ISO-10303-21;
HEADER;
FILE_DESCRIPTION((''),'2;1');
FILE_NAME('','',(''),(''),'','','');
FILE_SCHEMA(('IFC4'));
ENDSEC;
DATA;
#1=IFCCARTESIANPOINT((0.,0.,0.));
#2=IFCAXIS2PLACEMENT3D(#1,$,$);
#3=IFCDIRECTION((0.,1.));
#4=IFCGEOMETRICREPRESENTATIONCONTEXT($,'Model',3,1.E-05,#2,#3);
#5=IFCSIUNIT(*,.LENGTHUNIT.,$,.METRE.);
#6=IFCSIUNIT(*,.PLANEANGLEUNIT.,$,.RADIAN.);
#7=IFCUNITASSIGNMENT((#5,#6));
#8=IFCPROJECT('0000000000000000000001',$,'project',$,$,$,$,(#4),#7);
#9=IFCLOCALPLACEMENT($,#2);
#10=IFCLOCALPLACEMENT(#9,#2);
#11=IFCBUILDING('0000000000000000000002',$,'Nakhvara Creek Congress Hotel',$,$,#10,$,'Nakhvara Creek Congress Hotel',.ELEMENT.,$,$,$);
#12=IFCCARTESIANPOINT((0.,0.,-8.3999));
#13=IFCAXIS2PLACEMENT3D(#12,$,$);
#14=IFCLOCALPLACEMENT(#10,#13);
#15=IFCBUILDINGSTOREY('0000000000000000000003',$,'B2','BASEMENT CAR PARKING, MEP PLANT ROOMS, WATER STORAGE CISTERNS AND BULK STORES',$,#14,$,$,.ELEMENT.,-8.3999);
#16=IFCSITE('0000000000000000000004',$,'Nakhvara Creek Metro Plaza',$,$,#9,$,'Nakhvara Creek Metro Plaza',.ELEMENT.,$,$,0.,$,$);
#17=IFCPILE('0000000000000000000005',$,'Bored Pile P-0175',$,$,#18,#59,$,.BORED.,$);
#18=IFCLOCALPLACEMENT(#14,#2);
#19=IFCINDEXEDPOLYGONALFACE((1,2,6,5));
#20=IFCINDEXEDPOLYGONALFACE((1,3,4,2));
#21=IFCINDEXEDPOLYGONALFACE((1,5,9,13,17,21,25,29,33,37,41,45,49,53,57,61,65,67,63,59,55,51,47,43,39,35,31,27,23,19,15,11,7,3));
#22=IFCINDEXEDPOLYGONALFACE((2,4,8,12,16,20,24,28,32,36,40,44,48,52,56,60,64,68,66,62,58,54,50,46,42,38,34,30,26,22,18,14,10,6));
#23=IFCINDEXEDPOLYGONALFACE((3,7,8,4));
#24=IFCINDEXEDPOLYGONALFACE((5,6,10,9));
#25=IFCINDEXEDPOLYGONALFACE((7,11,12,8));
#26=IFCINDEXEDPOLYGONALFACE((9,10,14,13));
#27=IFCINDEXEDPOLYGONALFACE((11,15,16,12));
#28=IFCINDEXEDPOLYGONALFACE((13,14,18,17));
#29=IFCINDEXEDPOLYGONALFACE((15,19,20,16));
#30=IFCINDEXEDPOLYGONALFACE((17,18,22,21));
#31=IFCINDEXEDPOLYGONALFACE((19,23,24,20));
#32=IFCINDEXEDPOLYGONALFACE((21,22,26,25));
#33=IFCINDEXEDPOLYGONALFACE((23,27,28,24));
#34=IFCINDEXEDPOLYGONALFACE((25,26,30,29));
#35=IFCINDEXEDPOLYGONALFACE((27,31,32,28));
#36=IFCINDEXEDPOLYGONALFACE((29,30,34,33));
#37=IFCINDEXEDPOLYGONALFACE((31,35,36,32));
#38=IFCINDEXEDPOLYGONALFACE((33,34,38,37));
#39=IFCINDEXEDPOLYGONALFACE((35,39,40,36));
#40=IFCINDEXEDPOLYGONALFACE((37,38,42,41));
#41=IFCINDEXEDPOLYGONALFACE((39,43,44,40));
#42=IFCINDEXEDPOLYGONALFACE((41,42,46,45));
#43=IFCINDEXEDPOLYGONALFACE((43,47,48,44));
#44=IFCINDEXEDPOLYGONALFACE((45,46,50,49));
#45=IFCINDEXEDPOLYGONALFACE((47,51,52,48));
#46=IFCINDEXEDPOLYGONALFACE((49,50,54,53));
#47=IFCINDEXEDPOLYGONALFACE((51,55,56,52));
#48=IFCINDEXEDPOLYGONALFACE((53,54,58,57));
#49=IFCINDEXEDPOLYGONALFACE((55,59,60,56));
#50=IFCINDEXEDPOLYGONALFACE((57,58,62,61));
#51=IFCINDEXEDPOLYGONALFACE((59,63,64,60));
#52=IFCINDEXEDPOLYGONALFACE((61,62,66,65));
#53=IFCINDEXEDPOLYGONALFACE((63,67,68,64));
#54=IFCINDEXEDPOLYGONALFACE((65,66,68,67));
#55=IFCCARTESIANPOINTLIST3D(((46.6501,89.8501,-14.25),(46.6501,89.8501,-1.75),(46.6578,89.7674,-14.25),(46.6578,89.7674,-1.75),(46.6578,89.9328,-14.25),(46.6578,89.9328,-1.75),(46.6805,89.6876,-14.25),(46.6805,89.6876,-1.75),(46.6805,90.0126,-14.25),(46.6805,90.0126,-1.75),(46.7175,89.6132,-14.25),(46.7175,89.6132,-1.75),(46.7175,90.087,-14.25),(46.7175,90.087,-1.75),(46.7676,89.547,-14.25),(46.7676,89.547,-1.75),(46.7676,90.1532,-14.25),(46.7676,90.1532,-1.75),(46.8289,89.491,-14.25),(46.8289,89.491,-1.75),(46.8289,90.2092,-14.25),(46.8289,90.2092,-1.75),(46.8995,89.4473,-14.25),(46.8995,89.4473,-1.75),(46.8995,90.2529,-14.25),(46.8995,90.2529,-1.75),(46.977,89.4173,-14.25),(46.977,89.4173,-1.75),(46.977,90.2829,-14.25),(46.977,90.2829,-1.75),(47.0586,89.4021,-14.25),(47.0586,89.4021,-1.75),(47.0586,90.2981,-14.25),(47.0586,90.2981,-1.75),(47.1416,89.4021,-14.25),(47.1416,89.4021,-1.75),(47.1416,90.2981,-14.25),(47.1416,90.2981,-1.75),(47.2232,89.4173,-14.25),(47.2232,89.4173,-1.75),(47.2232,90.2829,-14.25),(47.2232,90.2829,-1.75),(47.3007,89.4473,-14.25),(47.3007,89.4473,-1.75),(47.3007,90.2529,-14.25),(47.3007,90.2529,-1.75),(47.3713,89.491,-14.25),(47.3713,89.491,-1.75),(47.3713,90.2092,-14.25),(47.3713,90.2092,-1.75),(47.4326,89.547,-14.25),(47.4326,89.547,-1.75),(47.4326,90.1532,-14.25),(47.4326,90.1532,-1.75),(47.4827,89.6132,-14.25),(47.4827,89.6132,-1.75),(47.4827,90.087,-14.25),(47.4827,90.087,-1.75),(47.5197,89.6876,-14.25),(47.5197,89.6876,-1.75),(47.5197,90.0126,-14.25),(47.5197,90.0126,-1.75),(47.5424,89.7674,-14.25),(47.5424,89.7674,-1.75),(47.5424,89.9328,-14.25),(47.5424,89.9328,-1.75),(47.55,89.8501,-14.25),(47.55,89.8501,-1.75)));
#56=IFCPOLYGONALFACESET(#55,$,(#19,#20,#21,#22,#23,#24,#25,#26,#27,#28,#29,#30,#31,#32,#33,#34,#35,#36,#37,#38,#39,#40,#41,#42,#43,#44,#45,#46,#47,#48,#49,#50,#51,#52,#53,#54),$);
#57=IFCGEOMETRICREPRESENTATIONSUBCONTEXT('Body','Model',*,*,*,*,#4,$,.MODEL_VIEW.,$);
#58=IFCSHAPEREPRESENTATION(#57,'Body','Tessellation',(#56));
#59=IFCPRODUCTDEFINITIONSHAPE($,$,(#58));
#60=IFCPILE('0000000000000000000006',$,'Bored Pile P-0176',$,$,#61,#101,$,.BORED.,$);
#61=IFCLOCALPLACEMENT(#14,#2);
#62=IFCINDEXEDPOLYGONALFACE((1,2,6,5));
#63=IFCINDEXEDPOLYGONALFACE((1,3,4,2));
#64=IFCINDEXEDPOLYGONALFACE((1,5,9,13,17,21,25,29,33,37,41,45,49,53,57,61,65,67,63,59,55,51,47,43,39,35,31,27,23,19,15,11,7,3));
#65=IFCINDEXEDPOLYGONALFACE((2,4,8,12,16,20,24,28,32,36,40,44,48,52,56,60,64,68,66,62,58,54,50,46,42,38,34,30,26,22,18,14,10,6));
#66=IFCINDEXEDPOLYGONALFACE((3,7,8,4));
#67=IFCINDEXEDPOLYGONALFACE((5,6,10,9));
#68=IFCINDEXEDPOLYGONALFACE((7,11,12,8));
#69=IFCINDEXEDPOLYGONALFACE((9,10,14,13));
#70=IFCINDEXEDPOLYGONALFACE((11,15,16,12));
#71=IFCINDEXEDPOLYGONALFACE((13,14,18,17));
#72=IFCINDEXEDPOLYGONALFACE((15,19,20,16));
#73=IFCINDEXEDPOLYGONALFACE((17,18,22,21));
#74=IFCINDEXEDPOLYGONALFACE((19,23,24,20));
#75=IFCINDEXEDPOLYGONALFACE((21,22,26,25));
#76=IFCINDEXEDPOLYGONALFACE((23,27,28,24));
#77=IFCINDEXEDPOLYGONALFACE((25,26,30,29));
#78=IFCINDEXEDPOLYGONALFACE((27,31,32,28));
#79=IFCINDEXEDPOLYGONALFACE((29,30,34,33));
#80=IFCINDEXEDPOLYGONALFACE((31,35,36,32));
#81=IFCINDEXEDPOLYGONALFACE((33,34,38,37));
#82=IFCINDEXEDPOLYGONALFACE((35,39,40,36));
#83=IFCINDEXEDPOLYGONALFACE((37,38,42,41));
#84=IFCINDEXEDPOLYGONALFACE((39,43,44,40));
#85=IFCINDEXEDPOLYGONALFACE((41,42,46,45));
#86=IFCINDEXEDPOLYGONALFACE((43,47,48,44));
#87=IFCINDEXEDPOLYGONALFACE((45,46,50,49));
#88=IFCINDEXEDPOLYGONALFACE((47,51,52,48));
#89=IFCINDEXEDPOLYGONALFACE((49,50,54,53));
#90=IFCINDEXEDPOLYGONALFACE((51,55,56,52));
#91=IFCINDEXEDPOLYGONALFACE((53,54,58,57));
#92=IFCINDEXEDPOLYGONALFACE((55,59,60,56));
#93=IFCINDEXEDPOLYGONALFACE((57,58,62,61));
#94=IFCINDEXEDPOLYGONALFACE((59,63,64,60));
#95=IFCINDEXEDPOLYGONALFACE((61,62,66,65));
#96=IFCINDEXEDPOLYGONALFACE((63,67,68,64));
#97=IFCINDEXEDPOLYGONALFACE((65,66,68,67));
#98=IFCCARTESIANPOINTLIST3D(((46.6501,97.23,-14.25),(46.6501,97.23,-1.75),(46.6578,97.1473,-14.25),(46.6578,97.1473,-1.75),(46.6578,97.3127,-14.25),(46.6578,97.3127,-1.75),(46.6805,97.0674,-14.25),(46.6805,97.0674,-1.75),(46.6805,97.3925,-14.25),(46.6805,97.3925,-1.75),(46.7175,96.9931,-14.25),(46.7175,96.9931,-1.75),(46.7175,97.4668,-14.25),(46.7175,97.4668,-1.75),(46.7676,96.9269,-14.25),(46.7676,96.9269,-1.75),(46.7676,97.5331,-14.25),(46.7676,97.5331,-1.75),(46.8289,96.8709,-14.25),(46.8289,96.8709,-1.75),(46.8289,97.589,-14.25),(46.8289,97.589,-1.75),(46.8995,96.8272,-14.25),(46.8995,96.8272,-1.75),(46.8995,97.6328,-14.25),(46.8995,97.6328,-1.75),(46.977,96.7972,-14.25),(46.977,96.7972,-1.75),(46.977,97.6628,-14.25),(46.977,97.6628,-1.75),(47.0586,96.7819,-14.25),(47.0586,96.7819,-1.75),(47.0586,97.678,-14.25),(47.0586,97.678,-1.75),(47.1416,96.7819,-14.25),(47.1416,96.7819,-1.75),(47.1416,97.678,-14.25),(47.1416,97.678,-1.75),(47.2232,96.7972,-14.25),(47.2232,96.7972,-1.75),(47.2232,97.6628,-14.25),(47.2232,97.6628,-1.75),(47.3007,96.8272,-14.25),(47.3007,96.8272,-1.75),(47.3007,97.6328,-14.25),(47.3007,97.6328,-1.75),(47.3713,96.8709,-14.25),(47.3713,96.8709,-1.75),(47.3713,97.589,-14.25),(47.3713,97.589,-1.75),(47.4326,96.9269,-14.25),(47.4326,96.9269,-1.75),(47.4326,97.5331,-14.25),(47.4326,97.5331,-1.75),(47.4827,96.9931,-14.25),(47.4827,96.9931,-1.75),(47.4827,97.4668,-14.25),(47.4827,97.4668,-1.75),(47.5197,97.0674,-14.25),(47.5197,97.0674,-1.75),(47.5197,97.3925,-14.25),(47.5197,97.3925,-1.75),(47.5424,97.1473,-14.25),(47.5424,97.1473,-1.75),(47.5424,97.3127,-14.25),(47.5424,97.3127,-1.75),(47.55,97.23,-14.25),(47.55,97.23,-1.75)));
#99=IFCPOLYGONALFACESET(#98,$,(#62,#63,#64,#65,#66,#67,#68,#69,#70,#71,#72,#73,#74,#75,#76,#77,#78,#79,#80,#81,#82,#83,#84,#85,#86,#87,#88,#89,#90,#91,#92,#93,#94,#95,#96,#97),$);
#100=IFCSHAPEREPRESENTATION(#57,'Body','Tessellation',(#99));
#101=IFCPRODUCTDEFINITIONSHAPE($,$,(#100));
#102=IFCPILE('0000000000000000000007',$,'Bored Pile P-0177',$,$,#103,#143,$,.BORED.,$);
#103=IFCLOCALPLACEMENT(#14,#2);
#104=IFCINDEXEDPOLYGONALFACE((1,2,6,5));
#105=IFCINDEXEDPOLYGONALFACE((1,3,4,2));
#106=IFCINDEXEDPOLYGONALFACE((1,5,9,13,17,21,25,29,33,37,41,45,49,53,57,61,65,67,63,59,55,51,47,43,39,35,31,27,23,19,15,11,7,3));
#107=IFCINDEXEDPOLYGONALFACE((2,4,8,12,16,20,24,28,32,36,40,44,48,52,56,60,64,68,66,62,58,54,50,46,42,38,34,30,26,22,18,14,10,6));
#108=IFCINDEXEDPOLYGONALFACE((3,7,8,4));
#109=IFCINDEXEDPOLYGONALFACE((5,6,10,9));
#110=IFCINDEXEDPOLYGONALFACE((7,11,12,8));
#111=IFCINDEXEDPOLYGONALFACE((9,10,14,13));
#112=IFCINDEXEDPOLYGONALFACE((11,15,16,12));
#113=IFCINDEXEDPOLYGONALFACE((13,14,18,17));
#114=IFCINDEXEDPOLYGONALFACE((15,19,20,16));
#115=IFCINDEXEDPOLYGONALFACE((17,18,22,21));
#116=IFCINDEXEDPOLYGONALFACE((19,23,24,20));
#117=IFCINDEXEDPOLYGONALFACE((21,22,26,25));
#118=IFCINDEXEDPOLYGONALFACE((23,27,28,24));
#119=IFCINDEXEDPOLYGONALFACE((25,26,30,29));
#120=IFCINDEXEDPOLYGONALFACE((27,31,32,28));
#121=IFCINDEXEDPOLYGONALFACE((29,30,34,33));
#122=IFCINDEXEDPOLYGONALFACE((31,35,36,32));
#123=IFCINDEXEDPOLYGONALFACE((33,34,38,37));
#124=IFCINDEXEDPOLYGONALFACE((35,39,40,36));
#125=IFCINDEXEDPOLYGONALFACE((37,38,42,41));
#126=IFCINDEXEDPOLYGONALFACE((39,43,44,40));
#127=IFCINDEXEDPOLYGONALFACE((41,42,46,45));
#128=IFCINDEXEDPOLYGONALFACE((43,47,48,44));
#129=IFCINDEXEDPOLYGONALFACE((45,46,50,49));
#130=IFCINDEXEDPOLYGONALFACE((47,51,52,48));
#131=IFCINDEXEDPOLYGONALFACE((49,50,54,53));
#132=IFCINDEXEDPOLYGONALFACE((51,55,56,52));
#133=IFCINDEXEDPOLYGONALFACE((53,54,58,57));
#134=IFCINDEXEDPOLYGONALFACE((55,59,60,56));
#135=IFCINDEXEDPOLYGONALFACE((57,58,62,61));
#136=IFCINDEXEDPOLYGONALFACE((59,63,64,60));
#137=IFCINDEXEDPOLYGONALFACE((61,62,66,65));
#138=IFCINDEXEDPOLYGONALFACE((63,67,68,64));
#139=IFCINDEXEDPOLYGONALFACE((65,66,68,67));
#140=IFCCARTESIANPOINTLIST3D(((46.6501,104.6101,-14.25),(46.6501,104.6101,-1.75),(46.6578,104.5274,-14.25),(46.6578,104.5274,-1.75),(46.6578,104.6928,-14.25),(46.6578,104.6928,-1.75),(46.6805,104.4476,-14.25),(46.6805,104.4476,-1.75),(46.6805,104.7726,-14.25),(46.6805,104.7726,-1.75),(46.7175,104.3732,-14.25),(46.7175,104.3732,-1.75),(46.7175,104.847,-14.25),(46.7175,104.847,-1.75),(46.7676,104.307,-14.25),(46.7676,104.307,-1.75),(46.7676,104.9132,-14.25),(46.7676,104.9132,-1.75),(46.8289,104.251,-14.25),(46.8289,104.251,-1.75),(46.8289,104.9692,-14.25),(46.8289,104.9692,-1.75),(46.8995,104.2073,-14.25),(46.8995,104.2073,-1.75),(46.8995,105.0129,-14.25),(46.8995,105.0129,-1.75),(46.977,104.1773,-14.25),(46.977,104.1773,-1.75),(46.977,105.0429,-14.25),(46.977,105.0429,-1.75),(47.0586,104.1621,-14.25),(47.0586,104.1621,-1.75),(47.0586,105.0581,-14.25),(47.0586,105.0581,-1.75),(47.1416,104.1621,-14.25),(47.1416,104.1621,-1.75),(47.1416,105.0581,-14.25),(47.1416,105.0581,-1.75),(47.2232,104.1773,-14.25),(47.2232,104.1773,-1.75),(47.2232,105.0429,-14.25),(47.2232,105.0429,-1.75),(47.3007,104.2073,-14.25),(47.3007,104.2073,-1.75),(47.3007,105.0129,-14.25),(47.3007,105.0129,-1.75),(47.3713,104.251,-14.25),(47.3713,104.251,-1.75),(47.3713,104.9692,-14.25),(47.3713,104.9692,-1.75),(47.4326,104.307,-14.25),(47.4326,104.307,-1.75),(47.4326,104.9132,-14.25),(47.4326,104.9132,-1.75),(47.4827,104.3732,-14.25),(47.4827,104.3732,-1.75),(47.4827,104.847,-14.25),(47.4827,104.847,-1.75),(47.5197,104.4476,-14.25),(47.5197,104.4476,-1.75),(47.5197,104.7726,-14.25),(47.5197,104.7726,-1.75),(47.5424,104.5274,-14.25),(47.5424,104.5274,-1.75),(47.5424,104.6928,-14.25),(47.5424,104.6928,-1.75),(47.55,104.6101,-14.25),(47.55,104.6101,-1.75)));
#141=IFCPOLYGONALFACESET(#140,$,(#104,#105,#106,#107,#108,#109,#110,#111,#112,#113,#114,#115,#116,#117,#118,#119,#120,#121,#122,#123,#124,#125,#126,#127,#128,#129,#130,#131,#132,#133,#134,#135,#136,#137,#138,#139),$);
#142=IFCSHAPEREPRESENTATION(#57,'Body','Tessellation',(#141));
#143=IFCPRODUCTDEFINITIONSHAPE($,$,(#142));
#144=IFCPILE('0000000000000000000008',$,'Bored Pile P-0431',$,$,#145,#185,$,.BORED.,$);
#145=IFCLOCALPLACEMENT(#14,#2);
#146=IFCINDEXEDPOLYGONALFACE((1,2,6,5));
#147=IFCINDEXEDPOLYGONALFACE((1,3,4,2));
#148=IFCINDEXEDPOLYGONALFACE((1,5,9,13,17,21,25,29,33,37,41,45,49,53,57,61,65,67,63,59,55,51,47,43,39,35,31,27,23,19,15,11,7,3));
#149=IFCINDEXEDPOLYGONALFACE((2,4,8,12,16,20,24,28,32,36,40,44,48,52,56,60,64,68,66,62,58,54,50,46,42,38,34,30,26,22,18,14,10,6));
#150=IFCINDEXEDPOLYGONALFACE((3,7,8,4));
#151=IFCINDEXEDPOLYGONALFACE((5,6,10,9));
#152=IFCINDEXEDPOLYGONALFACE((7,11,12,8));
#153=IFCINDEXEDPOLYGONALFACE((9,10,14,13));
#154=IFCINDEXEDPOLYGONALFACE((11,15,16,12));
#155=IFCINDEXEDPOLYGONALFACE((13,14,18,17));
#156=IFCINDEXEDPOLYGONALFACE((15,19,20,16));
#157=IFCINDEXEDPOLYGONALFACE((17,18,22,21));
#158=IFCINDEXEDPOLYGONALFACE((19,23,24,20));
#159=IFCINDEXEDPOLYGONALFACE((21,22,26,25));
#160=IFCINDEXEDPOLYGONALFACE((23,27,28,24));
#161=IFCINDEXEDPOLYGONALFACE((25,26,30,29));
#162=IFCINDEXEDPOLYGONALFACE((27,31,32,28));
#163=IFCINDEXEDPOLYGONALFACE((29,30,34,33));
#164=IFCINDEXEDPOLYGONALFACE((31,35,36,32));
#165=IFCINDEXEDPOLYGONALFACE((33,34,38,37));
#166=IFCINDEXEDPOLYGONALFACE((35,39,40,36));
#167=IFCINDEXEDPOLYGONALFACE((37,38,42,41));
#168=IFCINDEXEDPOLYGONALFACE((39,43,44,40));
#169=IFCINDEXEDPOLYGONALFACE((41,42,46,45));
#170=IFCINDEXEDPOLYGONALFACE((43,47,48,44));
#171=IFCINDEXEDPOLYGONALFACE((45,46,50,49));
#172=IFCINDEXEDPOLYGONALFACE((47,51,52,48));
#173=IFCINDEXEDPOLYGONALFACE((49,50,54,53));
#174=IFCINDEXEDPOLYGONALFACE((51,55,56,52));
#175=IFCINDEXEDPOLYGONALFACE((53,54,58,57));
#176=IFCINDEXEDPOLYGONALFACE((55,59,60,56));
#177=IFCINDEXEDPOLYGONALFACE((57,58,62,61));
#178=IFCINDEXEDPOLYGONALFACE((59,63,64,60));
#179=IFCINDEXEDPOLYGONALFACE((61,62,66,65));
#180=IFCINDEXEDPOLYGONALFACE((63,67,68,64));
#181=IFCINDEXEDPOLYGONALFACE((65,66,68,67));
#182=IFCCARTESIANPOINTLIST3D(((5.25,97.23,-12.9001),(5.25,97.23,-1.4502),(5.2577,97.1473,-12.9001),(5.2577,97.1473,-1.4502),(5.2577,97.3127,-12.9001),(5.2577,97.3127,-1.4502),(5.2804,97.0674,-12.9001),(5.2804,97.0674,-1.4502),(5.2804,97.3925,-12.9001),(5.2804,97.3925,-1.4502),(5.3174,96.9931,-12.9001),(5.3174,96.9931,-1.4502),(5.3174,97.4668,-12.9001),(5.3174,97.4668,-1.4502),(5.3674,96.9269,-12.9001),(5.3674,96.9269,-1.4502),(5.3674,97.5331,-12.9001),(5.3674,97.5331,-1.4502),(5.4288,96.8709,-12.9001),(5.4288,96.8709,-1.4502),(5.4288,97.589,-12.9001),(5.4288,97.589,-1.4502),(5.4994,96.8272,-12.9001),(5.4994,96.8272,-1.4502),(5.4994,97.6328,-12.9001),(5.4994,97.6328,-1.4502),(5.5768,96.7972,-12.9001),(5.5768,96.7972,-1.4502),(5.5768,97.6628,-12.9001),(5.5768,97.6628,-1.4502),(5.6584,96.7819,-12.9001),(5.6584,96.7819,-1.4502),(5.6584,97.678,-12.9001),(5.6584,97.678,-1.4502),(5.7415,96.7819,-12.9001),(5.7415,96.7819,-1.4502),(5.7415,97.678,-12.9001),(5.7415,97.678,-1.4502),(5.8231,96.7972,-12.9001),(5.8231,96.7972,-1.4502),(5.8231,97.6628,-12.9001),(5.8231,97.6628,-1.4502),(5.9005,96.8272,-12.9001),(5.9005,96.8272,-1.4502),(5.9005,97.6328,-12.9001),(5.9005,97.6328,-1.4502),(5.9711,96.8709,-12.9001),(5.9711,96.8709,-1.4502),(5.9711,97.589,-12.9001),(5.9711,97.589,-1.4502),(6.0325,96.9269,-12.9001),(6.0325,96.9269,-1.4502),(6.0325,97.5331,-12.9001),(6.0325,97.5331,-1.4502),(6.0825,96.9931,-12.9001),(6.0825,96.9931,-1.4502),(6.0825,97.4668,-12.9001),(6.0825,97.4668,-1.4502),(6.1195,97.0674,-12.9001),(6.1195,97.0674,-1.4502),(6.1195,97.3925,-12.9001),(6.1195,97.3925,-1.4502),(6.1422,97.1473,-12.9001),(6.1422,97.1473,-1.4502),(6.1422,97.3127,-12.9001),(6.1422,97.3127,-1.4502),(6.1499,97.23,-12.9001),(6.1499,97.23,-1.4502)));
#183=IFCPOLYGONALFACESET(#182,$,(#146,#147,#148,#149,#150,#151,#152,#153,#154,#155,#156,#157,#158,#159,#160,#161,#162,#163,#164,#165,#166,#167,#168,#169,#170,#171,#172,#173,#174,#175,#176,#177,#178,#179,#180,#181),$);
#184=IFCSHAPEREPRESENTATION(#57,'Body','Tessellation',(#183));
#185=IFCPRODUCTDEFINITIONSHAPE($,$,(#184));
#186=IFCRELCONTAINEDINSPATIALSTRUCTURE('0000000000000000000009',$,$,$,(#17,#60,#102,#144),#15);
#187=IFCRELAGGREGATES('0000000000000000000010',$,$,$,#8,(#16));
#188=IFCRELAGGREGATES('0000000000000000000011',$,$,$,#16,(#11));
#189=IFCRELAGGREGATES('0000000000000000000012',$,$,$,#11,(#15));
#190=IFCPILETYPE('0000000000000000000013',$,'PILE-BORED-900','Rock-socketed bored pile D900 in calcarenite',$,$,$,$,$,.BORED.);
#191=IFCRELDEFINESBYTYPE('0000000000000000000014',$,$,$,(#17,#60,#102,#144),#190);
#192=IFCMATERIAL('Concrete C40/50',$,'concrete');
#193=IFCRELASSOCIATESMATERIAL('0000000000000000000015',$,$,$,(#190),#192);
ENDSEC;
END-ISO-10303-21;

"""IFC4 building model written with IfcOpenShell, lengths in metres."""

from ifc_helpers import new_model, si_unit, direction, frame, origin, origin_2d, place, context, subcontext, project, spatial, circle, extrude, material, material_profile, profile_set, type_object, element, save


model = new_model("IFC4")

# Units and contexts
model_context = context("Model", 3, precision=1e-05, world=origin(), true_north=direction((0.0, 1.0)))
body_context = subcontext(model_context, "Body", "Model", "MODEL_VIEW")
ifc_project = project(units=[si_unit("LENGTHUNIT", "METRE"), si_unit("PLANEANGLEUNIT", "RADIAN")], contexts=[model_context])

# Site, building, storey
site_placement = place(None, origin())
site = spatial("IfcSite", under=ifc_project, at=site_placement, Name="Nakhvara Creek Metro Plaza", LongName="Nakhvara Creek Metro Plaza", CompositionType="ELEMENT", RefElevation=0.0)
building_placement = place(site_placement, origin())
building = spatial("IfcBuilding", under=site, at=building_placement, Name="Nakhvara Creek Congress Hotel", LongName="Nakhvara Creek Congress Hotel", CompositionType="ELEMENT")
storey_placement = place(building_placement, frame((0.0, 0.0, -8.3999)))
storey = spatial("IfcBuildingStorey", under=building, at=storey_placement, Name="B2", Description="BASEMENT CAR PARKING, MEP PLANT ROOMS, WATER STORAGE CISTERNS AND BULK STORES", CompositionType="ELEMENT", Elevation=-8.3999)

# Piles
ifc_material_1 = material(Name="Concrete C40/50", Category="concrete")
ifc_material_profile_1 = material_profile(ifc_material_1, circle(Radius=0.45, at=origin_2d()), Name="BORED PILE D900", Category="LoadBearing")
ifc_profile_set_1 = profile_set([ifc_material_profile_1], Name="Concrete C40/50")
pile_type = type_object("IfcPileType", Name="PILE-BORED-900", Description="Rock-socketed bored pile D900 in calcarenite", PredefinedType="BORED", material=ifc_profile_set_1)
for number, where, z_axis, x_axis, name in (
    (1, (47.1001, 89.8501, -1.75), (0.0, 0.0, -1.0), (1.0, 0.0, 0.0), "Bored Pile P-0175"),
    (2, (47.1001, 97.23, -1.75), (0.0, 0.0, -1.0), (1.0, 0.0, 0.0), "Bored Pile P-0176"),
    (3, (47.1001, 104.6101, -1.75), (0.0, 0.0, -1.0), (1.0, 0.0, 0.0), "Bored Pile P-0177"),
):
    element("IfcPile", number, at=place(storey_placement, frame(where, z_axis=z_axis, x_axis=x_axis)), inside=storey, type_object=pile_type, Name=name, PredefinedType="BORED", context=body_context, shape_type="SweptSolid", body=[
        extrude(circle(Radius=0.45, at=origin_2d()), origin(), (0.0, 0.0, 1.0), 12.5),
    ])
for number, where, z_axis, x_axis, name in (
    (4, (5.7, 97.23, -1.4502), (0.0, 0.0, -1.0), (1.0, 0.0, 0.0), "Bored Pile P-0431"),
):
    element("IfcPile", number, at=place(storey_placement, frame(where, z_axis=z_axis, x_axis=x_axis)), inside=storey, type_object=pile_type, Name=name, PredefinedType="BORED", context=body_context, shape_type="SweptSolid", body=[
        extrude(circle(Radius=0.45, at=origin_2d()), origin(), (0.0, 0.0, 1.0), 11.45),
    ])

save(model, "model.ifc")
